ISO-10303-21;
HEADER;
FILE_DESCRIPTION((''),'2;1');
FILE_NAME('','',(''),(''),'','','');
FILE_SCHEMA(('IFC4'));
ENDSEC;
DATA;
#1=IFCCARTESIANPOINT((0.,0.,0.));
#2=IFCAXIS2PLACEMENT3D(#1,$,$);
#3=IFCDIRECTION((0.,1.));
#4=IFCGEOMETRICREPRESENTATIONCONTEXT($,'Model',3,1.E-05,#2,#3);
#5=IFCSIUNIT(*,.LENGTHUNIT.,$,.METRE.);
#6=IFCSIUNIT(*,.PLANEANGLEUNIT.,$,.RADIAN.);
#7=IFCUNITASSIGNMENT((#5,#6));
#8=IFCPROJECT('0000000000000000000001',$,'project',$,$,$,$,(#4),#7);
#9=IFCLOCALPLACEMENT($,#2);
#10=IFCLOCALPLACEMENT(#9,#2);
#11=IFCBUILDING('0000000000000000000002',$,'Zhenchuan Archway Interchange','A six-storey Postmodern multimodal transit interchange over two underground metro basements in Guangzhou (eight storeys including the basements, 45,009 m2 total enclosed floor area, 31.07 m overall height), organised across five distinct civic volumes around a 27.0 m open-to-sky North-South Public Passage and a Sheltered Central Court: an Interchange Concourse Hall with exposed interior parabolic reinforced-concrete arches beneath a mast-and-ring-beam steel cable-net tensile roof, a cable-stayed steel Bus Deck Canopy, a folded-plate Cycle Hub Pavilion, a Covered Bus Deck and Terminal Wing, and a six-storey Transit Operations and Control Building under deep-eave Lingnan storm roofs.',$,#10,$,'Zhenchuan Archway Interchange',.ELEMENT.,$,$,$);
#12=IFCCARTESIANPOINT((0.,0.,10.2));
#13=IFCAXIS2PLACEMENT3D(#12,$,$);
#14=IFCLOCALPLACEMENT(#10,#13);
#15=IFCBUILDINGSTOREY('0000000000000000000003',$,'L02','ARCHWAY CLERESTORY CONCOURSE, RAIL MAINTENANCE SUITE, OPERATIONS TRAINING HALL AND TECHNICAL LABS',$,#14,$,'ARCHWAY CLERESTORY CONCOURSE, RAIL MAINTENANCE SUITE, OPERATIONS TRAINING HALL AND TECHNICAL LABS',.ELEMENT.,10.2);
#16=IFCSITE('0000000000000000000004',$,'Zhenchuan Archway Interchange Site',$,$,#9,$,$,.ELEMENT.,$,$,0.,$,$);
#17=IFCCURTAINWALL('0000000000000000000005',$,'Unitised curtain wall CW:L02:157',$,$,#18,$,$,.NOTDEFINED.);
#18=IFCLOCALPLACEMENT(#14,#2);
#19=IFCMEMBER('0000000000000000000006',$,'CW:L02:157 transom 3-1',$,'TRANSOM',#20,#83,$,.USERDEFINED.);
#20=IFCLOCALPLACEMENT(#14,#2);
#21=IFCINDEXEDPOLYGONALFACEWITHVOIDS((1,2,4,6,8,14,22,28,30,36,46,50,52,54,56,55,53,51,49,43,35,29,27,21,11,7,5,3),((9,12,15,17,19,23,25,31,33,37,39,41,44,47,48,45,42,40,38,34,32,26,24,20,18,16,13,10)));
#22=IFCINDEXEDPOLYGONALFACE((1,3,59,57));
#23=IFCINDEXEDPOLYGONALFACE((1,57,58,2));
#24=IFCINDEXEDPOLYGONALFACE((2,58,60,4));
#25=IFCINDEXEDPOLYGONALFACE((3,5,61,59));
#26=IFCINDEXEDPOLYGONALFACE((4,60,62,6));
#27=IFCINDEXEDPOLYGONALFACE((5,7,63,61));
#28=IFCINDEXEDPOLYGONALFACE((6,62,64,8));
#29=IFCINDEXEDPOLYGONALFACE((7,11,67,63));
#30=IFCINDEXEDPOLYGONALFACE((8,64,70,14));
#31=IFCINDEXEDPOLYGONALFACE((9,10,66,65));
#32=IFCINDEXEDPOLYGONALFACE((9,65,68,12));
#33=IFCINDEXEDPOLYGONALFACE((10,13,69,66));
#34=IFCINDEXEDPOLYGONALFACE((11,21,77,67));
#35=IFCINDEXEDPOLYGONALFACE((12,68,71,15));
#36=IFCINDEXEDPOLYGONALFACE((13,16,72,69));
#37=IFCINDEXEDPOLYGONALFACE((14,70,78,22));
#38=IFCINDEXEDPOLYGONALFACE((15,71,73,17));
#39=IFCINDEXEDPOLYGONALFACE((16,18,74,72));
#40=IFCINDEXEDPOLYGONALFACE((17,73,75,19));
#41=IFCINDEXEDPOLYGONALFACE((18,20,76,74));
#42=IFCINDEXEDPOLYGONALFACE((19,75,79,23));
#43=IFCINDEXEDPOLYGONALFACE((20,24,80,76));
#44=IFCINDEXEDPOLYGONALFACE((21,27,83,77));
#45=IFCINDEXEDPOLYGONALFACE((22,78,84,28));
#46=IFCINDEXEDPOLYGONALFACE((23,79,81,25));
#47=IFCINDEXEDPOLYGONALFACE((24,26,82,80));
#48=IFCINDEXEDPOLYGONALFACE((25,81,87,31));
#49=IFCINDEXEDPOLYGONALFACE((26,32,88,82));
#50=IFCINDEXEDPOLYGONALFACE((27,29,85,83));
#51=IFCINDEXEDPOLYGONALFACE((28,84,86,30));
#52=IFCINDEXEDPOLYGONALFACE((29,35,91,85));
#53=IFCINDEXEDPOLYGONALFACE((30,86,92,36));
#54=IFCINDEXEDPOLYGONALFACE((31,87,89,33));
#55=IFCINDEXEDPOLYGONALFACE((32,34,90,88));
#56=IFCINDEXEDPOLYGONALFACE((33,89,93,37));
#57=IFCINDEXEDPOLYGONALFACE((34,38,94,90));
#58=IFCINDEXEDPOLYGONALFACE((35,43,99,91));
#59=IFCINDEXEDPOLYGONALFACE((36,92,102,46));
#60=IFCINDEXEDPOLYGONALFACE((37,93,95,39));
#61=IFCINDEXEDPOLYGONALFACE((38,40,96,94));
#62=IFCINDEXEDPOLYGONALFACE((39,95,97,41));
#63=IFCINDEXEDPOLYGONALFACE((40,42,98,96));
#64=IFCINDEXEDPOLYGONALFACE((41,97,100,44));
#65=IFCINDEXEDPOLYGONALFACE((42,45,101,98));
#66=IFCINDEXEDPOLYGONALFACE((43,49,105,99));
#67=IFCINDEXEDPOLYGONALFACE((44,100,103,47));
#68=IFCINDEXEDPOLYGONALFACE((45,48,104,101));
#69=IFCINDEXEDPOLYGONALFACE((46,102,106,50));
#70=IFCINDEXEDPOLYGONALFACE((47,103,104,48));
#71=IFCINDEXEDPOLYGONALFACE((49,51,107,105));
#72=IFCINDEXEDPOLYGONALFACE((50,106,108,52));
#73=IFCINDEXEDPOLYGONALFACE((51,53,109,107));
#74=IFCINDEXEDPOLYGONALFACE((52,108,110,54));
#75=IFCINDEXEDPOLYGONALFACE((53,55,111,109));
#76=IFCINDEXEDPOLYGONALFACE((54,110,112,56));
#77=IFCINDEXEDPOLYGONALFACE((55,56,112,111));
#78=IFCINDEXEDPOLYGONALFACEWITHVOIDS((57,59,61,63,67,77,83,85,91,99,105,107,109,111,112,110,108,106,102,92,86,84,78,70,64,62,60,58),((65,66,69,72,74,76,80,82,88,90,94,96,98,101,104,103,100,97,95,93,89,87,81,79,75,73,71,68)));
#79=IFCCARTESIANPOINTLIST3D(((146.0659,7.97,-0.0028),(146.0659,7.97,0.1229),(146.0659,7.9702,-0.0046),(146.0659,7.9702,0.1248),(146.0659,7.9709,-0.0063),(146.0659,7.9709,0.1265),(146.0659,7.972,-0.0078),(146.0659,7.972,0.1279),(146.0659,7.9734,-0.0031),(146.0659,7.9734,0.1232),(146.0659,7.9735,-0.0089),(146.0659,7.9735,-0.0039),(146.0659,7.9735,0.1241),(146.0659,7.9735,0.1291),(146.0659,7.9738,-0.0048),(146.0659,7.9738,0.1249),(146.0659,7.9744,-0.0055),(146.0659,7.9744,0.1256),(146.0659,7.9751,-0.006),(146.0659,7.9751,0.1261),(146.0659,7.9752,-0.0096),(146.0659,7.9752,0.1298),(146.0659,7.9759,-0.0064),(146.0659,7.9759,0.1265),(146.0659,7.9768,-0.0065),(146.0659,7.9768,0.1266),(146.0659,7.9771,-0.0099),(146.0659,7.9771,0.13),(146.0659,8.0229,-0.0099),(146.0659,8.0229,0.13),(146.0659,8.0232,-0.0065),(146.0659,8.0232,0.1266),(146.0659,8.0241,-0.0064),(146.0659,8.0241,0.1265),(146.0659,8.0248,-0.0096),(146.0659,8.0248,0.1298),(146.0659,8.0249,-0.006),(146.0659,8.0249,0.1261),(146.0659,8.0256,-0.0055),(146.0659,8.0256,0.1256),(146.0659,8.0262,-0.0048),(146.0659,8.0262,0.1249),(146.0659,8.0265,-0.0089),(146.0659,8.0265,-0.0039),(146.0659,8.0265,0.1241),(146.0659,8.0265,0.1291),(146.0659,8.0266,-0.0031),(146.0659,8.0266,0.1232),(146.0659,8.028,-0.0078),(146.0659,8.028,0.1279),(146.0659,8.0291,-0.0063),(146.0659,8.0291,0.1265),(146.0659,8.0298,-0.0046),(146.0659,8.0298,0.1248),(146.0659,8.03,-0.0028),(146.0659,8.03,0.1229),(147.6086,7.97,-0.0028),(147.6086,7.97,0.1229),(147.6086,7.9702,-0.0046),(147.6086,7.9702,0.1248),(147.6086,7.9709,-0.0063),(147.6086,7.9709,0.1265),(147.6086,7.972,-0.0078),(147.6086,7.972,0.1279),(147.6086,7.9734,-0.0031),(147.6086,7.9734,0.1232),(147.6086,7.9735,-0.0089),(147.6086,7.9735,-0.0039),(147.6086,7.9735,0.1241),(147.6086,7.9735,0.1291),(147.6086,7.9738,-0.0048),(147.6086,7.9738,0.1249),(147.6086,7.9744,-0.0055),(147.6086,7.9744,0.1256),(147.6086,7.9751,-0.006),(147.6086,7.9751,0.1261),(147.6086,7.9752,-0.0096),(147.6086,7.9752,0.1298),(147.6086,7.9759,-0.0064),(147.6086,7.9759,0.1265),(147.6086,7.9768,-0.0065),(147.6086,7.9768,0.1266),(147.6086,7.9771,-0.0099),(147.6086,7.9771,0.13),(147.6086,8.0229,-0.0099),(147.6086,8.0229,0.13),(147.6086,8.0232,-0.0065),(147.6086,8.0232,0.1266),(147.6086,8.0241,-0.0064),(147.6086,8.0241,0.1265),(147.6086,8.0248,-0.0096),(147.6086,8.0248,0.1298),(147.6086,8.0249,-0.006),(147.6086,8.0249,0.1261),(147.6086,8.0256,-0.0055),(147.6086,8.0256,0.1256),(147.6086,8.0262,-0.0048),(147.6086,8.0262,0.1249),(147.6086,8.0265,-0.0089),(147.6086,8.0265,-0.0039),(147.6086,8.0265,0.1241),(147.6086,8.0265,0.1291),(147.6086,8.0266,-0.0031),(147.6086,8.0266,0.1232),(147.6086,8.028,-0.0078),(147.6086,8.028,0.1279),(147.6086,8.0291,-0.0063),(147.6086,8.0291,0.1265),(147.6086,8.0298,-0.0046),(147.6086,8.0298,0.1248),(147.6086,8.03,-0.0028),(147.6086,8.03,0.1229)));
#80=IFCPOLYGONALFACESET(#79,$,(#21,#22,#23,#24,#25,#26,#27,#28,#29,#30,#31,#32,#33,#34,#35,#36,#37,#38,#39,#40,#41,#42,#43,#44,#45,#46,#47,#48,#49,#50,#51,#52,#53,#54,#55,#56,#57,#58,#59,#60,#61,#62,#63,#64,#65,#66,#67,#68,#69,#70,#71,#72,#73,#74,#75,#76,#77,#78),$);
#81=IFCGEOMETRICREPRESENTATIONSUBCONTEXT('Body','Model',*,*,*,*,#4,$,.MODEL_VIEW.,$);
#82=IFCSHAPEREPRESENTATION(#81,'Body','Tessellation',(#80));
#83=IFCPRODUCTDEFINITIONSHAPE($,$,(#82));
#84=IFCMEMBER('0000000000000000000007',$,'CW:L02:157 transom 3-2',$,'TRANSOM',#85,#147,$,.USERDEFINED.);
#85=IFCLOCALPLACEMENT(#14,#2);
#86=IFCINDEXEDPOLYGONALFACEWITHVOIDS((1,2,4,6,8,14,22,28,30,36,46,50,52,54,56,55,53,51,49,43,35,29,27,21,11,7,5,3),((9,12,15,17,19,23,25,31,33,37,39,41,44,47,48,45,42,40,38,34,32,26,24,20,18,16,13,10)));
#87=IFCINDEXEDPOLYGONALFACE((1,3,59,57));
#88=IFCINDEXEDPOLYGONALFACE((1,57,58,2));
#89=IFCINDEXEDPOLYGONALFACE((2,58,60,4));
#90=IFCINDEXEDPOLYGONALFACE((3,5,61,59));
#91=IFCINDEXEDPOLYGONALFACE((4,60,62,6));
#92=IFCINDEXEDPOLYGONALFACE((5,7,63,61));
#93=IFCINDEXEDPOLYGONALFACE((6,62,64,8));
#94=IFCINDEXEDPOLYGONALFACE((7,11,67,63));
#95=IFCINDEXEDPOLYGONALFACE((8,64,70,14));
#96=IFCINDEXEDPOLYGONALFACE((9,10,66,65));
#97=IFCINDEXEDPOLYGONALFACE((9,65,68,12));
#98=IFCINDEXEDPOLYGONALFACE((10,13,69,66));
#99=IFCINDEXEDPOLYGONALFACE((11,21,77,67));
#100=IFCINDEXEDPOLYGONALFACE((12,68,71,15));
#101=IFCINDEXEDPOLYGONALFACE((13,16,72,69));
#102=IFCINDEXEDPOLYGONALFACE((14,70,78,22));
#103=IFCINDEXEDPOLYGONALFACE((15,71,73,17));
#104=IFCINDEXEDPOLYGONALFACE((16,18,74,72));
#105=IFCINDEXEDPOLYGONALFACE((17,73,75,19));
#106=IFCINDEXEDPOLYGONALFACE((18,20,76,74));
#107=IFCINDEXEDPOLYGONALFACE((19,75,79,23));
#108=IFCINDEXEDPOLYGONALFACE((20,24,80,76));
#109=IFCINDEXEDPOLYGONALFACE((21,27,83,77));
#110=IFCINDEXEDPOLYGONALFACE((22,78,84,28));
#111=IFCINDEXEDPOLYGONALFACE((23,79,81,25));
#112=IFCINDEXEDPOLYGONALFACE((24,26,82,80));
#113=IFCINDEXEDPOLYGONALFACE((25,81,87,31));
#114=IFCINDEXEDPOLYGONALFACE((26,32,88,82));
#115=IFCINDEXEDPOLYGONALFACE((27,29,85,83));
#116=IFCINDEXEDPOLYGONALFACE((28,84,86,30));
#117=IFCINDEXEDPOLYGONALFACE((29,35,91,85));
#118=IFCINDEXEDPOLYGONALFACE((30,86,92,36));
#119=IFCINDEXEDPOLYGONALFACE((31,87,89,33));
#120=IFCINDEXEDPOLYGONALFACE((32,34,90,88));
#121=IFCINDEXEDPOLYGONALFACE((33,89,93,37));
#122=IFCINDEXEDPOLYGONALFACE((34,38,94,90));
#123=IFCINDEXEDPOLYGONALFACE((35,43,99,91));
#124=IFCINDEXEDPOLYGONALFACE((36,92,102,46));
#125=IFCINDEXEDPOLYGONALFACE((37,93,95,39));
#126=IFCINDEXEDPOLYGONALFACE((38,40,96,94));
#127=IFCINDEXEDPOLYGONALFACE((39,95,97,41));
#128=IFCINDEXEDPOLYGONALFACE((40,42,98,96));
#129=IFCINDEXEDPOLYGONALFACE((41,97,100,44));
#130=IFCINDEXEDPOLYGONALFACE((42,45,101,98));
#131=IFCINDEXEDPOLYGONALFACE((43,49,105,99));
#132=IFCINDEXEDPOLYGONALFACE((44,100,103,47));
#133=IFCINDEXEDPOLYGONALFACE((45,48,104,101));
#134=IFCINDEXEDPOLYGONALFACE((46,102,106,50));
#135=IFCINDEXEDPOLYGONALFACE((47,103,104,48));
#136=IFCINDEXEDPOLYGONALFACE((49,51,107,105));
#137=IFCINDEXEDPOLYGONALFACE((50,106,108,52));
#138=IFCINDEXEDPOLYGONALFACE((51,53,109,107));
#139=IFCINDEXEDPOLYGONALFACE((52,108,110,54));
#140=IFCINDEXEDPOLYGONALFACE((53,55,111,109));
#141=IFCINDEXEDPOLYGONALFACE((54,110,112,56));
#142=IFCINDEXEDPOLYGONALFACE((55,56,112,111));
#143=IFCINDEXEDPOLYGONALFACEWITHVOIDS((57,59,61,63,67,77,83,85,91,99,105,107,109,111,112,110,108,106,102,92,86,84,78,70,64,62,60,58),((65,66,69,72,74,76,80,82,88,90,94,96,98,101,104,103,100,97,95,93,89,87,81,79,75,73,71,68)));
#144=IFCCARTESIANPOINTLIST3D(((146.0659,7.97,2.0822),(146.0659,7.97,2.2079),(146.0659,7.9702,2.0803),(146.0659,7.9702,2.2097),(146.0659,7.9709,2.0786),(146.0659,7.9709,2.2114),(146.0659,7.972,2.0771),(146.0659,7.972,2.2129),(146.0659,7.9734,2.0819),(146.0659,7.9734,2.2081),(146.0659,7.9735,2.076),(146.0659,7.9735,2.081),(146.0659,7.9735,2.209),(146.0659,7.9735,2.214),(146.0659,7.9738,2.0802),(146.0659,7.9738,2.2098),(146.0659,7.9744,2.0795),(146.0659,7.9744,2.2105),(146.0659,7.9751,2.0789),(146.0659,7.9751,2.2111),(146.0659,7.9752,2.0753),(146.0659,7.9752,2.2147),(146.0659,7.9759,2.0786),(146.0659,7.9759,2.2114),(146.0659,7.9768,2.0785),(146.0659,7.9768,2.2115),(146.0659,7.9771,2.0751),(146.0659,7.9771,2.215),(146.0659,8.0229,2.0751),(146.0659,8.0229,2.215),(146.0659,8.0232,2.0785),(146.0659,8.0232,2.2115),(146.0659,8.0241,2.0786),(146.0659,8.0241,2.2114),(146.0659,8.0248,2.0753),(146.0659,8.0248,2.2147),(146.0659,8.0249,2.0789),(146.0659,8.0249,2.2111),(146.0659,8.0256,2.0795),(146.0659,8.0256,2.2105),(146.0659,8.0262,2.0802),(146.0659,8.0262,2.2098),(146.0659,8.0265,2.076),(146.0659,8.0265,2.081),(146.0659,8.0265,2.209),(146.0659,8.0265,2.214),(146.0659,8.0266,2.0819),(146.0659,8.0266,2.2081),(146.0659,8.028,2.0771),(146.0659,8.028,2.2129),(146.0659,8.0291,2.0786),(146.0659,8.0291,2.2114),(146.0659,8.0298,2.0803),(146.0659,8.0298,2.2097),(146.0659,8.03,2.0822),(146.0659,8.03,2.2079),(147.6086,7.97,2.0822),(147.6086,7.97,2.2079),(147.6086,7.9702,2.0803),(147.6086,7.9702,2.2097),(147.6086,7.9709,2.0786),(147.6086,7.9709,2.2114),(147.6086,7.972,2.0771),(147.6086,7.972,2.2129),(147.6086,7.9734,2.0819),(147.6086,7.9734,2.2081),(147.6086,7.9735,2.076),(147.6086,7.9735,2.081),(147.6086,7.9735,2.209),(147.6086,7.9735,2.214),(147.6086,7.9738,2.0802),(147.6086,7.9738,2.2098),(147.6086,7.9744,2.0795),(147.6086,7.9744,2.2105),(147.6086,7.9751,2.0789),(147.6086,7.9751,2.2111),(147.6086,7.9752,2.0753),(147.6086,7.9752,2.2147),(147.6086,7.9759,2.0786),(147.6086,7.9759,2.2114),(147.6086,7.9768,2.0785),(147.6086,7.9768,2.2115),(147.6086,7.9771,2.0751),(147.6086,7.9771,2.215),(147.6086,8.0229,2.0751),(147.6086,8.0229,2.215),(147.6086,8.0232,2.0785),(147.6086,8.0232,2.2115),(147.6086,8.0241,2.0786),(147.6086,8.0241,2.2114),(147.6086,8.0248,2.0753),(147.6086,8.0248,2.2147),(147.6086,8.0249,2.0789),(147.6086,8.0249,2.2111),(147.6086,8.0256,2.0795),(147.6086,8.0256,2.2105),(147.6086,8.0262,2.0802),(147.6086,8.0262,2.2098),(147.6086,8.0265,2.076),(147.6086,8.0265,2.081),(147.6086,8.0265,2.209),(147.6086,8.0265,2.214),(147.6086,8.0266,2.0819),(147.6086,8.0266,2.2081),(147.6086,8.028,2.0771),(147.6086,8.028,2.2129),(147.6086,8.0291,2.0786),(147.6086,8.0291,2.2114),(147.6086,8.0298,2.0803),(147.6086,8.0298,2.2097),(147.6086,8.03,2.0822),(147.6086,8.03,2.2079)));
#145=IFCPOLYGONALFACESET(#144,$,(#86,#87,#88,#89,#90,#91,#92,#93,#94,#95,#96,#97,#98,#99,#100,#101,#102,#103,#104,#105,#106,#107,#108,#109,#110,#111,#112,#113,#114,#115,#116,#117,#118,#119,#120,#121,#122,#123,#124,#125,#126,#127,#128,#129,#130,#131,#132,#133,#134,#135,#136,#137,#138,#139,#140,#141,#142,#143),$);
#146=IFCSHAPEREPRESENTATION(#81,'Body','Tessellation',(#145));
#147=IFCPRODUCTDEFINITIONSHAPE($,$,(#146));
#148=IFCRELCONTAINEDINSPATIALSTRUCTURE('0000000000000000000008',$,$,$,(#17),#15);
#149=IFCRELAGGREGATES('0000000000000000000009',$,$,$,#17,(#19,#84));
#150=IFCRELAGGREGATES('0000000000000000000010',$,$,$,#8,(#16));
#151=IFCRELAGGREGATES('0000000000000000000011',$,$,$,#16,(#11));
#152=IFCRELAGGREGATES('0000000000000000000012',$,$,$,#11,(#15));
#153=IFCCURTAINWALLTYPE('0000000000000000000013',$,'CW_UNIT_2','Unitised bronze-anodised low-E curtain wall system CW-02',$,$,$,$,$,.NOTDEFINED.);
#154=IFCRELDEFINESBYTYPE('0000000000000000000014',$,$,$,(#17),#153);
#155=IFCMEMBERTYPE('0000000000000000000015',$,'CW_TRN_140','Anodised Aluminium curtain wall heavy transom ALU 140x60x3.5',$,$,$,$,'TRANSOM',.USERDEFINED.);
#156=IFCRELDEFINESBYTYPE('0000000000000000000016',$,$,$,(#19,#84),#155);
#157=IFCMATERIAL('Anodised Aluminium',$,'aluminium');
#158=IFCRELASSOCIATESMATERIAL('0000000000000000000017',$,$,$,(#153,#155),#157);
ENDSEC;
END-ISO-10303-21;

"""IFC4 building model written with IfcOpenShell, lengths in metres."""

from ifc_helpers import new_model, si_unit, direction, frame, origin, origin_2d, place, context, subcontext, project, spatial, hollow_rectangle, extrude, material, material_profile, profile_set, type_object, element, aggregate, save


model = new_model("IFC4")

# Units and contexts
model_context = context("Model", 3, precision=1e-05, world=origin(), true_north=direction((0.0, 1.0)))
body_context = subcontext(model_context, "Body", "Model", "MODEL_VIEW")
ifc_project = project(units=[si_unit("LENGTHUNIT", "METRE"), si_unit("PLANEANGLEUNIT", "RADIAN")], contexts=[model_context])

# Site, building, storey
site_placement = place(None, origin())
site = spatial("IfcSite", under=ifc_project, at=site_placement, Name="Zhenchuan Archway Interchange Site", CompositionType="ELEMENT", RefElevation=0.0)
building_placement = place(site_placement, origin())
building = spatial("IfcBuilding", under=site, at=building_placement, Name="Zhenchuan Archway Interchange", Description="A six-storey Postmodern multimodal transit interchange over two underground metro basements in Guangzhou (eight storeys including the basements, 45,009 m2 total enclosed floor area, 31.07 m overall height), organised across five distinct civic volumes around a 27.0 m open-to-sky North-South Public Passage and a Sheltered Central Court: an Interchange Concourse Hall with exposed interior parabolic reinforced-concrete arches beneath a mast-and-ring-beam steel cable-net tensile roof, a cable-stayed steel Bus Deck Canopy, a folded-plate Cycle Hub Pavilion, a Covered Bus Deck and Terminal Wing, and a six-storey Transit Operations and Control Building under deep-eave Lingnan storm roofs.", LongName="Zhenchuan Archway Interchange", CompositionType="ELEMENT")
storey_placement = place(building_placement, frame((0.0, 0.0, 10.2)))
storey = spatial("IfcBuildingStorey", under=building, at=storey_placement, Name="L02", Description="ARCHWAY CLERESTORY CONCOURSE, RAIL MAINTENANCE SUITE, OPERATIONS TRAINING HALL AND TECHNICAL LABS", LongName="ARCHWAY CLERESTORY CONCOURSE, RAIL MAINTENANCE SUITE, OPERATIONS TRAINING HALL AND TECHNICAL LABS", CompositionType="ELEMENT", Elevation=10.2)

# Curtain wall, members
ifc_material_1 = material(Name="Anodised Aluminium", Category="aluminium")
curtain_wall_type = type_object("IfcCurtainWallType", Name="CW_UNIT_2", Description="Unitised bronze-anodised low-E curtain wall system CW-02", PredefinedType="NOTDEFINED", material=ifc_material_1)
curtain_wall_placement = place(storey_placement, origin())
curtain_wall = element("IfcCurtainWall", 1, at=curtain_wall_placement, inside=storey, type_object=curtain_wall_type, Name="Unitised curtain wall CW:L02:157", PredefinedType="NOTDEFINED")
ifc_material_profile_1 = material_profile(ifc_material_1, hollow_rectangle(XDim=0.0601, YDim=0.1399, WallThickness=0.0034, InnerFilletRadius=0.0034, OuterFilletRadius=0.0071, at=origin_2d()), Name="ALU 140x60x3.5")
ifc_profile_set_1 = profile_set([ifc_material_profile_1], Name="Anodised Aluminium")
member_type_1 = type_object("IfcMemberType", Name="CW_TRN_140", Description="Anodised Aluminium curtain wall heavy transom ALU 140x60x3.5", ElementType="TRANSOM", PredefinedType="USERDEFINED", material=ifc_profile_set_1)
member_1_placement = place(storey_placement, frame((147.6086, 8.0, 0.0601), z_axis=(-1.0, 0.0, 0.0), x_axis=(0.0, -1.0, 0.0)))
member_1 = element("IfcMember", 2, at=member_1_placement, type_object=member_type_1, Name="CW:L02:157 transom 3-1", ObjectType="TRANSOM", PredefinedType="USERDEFINED", context=body_context, shape_type="SweptSolid", body=[
    extrude(hollow_rectangle(XDim=0.0601, YDim=0.1399, WallThickness=0.0034, InnerFilletRadius=0.0034, OuterFilletRadius=0.0071, at=origin_2d()), origin(), (0.0, 0.0, 1.0), 1.5427),
])
member_2_placement = place(storey_placement, frame((147.6086, 8.0, 2.145), z_axis=(-1.0, 0.0, 0.0), x_axis=(0.0, -1.0, 0.0)))
member_2 = element("IfcMember", 3, at=member_2_placement, type_object=member_type_1, Name="CW:L02:157 transom 3-2", ObjectType="TRANSOM", PredefinedType="USERDEFINED", context=body_context, shape_type="SweptSolid", body=[
    extrude(hollow_rectangle(XDim=0.0601, YDim=0.1399, WallThickness=0.0034, InnerFilletRadius=0.0034, OuterFilletRadius=0.0071, at=origin_2d()), origin(), (0.0, 0.0, 1.0), 1.5427),
])

aggregate(curtain_wall, [member_1, member_2])

save(model, "model.ifc")
